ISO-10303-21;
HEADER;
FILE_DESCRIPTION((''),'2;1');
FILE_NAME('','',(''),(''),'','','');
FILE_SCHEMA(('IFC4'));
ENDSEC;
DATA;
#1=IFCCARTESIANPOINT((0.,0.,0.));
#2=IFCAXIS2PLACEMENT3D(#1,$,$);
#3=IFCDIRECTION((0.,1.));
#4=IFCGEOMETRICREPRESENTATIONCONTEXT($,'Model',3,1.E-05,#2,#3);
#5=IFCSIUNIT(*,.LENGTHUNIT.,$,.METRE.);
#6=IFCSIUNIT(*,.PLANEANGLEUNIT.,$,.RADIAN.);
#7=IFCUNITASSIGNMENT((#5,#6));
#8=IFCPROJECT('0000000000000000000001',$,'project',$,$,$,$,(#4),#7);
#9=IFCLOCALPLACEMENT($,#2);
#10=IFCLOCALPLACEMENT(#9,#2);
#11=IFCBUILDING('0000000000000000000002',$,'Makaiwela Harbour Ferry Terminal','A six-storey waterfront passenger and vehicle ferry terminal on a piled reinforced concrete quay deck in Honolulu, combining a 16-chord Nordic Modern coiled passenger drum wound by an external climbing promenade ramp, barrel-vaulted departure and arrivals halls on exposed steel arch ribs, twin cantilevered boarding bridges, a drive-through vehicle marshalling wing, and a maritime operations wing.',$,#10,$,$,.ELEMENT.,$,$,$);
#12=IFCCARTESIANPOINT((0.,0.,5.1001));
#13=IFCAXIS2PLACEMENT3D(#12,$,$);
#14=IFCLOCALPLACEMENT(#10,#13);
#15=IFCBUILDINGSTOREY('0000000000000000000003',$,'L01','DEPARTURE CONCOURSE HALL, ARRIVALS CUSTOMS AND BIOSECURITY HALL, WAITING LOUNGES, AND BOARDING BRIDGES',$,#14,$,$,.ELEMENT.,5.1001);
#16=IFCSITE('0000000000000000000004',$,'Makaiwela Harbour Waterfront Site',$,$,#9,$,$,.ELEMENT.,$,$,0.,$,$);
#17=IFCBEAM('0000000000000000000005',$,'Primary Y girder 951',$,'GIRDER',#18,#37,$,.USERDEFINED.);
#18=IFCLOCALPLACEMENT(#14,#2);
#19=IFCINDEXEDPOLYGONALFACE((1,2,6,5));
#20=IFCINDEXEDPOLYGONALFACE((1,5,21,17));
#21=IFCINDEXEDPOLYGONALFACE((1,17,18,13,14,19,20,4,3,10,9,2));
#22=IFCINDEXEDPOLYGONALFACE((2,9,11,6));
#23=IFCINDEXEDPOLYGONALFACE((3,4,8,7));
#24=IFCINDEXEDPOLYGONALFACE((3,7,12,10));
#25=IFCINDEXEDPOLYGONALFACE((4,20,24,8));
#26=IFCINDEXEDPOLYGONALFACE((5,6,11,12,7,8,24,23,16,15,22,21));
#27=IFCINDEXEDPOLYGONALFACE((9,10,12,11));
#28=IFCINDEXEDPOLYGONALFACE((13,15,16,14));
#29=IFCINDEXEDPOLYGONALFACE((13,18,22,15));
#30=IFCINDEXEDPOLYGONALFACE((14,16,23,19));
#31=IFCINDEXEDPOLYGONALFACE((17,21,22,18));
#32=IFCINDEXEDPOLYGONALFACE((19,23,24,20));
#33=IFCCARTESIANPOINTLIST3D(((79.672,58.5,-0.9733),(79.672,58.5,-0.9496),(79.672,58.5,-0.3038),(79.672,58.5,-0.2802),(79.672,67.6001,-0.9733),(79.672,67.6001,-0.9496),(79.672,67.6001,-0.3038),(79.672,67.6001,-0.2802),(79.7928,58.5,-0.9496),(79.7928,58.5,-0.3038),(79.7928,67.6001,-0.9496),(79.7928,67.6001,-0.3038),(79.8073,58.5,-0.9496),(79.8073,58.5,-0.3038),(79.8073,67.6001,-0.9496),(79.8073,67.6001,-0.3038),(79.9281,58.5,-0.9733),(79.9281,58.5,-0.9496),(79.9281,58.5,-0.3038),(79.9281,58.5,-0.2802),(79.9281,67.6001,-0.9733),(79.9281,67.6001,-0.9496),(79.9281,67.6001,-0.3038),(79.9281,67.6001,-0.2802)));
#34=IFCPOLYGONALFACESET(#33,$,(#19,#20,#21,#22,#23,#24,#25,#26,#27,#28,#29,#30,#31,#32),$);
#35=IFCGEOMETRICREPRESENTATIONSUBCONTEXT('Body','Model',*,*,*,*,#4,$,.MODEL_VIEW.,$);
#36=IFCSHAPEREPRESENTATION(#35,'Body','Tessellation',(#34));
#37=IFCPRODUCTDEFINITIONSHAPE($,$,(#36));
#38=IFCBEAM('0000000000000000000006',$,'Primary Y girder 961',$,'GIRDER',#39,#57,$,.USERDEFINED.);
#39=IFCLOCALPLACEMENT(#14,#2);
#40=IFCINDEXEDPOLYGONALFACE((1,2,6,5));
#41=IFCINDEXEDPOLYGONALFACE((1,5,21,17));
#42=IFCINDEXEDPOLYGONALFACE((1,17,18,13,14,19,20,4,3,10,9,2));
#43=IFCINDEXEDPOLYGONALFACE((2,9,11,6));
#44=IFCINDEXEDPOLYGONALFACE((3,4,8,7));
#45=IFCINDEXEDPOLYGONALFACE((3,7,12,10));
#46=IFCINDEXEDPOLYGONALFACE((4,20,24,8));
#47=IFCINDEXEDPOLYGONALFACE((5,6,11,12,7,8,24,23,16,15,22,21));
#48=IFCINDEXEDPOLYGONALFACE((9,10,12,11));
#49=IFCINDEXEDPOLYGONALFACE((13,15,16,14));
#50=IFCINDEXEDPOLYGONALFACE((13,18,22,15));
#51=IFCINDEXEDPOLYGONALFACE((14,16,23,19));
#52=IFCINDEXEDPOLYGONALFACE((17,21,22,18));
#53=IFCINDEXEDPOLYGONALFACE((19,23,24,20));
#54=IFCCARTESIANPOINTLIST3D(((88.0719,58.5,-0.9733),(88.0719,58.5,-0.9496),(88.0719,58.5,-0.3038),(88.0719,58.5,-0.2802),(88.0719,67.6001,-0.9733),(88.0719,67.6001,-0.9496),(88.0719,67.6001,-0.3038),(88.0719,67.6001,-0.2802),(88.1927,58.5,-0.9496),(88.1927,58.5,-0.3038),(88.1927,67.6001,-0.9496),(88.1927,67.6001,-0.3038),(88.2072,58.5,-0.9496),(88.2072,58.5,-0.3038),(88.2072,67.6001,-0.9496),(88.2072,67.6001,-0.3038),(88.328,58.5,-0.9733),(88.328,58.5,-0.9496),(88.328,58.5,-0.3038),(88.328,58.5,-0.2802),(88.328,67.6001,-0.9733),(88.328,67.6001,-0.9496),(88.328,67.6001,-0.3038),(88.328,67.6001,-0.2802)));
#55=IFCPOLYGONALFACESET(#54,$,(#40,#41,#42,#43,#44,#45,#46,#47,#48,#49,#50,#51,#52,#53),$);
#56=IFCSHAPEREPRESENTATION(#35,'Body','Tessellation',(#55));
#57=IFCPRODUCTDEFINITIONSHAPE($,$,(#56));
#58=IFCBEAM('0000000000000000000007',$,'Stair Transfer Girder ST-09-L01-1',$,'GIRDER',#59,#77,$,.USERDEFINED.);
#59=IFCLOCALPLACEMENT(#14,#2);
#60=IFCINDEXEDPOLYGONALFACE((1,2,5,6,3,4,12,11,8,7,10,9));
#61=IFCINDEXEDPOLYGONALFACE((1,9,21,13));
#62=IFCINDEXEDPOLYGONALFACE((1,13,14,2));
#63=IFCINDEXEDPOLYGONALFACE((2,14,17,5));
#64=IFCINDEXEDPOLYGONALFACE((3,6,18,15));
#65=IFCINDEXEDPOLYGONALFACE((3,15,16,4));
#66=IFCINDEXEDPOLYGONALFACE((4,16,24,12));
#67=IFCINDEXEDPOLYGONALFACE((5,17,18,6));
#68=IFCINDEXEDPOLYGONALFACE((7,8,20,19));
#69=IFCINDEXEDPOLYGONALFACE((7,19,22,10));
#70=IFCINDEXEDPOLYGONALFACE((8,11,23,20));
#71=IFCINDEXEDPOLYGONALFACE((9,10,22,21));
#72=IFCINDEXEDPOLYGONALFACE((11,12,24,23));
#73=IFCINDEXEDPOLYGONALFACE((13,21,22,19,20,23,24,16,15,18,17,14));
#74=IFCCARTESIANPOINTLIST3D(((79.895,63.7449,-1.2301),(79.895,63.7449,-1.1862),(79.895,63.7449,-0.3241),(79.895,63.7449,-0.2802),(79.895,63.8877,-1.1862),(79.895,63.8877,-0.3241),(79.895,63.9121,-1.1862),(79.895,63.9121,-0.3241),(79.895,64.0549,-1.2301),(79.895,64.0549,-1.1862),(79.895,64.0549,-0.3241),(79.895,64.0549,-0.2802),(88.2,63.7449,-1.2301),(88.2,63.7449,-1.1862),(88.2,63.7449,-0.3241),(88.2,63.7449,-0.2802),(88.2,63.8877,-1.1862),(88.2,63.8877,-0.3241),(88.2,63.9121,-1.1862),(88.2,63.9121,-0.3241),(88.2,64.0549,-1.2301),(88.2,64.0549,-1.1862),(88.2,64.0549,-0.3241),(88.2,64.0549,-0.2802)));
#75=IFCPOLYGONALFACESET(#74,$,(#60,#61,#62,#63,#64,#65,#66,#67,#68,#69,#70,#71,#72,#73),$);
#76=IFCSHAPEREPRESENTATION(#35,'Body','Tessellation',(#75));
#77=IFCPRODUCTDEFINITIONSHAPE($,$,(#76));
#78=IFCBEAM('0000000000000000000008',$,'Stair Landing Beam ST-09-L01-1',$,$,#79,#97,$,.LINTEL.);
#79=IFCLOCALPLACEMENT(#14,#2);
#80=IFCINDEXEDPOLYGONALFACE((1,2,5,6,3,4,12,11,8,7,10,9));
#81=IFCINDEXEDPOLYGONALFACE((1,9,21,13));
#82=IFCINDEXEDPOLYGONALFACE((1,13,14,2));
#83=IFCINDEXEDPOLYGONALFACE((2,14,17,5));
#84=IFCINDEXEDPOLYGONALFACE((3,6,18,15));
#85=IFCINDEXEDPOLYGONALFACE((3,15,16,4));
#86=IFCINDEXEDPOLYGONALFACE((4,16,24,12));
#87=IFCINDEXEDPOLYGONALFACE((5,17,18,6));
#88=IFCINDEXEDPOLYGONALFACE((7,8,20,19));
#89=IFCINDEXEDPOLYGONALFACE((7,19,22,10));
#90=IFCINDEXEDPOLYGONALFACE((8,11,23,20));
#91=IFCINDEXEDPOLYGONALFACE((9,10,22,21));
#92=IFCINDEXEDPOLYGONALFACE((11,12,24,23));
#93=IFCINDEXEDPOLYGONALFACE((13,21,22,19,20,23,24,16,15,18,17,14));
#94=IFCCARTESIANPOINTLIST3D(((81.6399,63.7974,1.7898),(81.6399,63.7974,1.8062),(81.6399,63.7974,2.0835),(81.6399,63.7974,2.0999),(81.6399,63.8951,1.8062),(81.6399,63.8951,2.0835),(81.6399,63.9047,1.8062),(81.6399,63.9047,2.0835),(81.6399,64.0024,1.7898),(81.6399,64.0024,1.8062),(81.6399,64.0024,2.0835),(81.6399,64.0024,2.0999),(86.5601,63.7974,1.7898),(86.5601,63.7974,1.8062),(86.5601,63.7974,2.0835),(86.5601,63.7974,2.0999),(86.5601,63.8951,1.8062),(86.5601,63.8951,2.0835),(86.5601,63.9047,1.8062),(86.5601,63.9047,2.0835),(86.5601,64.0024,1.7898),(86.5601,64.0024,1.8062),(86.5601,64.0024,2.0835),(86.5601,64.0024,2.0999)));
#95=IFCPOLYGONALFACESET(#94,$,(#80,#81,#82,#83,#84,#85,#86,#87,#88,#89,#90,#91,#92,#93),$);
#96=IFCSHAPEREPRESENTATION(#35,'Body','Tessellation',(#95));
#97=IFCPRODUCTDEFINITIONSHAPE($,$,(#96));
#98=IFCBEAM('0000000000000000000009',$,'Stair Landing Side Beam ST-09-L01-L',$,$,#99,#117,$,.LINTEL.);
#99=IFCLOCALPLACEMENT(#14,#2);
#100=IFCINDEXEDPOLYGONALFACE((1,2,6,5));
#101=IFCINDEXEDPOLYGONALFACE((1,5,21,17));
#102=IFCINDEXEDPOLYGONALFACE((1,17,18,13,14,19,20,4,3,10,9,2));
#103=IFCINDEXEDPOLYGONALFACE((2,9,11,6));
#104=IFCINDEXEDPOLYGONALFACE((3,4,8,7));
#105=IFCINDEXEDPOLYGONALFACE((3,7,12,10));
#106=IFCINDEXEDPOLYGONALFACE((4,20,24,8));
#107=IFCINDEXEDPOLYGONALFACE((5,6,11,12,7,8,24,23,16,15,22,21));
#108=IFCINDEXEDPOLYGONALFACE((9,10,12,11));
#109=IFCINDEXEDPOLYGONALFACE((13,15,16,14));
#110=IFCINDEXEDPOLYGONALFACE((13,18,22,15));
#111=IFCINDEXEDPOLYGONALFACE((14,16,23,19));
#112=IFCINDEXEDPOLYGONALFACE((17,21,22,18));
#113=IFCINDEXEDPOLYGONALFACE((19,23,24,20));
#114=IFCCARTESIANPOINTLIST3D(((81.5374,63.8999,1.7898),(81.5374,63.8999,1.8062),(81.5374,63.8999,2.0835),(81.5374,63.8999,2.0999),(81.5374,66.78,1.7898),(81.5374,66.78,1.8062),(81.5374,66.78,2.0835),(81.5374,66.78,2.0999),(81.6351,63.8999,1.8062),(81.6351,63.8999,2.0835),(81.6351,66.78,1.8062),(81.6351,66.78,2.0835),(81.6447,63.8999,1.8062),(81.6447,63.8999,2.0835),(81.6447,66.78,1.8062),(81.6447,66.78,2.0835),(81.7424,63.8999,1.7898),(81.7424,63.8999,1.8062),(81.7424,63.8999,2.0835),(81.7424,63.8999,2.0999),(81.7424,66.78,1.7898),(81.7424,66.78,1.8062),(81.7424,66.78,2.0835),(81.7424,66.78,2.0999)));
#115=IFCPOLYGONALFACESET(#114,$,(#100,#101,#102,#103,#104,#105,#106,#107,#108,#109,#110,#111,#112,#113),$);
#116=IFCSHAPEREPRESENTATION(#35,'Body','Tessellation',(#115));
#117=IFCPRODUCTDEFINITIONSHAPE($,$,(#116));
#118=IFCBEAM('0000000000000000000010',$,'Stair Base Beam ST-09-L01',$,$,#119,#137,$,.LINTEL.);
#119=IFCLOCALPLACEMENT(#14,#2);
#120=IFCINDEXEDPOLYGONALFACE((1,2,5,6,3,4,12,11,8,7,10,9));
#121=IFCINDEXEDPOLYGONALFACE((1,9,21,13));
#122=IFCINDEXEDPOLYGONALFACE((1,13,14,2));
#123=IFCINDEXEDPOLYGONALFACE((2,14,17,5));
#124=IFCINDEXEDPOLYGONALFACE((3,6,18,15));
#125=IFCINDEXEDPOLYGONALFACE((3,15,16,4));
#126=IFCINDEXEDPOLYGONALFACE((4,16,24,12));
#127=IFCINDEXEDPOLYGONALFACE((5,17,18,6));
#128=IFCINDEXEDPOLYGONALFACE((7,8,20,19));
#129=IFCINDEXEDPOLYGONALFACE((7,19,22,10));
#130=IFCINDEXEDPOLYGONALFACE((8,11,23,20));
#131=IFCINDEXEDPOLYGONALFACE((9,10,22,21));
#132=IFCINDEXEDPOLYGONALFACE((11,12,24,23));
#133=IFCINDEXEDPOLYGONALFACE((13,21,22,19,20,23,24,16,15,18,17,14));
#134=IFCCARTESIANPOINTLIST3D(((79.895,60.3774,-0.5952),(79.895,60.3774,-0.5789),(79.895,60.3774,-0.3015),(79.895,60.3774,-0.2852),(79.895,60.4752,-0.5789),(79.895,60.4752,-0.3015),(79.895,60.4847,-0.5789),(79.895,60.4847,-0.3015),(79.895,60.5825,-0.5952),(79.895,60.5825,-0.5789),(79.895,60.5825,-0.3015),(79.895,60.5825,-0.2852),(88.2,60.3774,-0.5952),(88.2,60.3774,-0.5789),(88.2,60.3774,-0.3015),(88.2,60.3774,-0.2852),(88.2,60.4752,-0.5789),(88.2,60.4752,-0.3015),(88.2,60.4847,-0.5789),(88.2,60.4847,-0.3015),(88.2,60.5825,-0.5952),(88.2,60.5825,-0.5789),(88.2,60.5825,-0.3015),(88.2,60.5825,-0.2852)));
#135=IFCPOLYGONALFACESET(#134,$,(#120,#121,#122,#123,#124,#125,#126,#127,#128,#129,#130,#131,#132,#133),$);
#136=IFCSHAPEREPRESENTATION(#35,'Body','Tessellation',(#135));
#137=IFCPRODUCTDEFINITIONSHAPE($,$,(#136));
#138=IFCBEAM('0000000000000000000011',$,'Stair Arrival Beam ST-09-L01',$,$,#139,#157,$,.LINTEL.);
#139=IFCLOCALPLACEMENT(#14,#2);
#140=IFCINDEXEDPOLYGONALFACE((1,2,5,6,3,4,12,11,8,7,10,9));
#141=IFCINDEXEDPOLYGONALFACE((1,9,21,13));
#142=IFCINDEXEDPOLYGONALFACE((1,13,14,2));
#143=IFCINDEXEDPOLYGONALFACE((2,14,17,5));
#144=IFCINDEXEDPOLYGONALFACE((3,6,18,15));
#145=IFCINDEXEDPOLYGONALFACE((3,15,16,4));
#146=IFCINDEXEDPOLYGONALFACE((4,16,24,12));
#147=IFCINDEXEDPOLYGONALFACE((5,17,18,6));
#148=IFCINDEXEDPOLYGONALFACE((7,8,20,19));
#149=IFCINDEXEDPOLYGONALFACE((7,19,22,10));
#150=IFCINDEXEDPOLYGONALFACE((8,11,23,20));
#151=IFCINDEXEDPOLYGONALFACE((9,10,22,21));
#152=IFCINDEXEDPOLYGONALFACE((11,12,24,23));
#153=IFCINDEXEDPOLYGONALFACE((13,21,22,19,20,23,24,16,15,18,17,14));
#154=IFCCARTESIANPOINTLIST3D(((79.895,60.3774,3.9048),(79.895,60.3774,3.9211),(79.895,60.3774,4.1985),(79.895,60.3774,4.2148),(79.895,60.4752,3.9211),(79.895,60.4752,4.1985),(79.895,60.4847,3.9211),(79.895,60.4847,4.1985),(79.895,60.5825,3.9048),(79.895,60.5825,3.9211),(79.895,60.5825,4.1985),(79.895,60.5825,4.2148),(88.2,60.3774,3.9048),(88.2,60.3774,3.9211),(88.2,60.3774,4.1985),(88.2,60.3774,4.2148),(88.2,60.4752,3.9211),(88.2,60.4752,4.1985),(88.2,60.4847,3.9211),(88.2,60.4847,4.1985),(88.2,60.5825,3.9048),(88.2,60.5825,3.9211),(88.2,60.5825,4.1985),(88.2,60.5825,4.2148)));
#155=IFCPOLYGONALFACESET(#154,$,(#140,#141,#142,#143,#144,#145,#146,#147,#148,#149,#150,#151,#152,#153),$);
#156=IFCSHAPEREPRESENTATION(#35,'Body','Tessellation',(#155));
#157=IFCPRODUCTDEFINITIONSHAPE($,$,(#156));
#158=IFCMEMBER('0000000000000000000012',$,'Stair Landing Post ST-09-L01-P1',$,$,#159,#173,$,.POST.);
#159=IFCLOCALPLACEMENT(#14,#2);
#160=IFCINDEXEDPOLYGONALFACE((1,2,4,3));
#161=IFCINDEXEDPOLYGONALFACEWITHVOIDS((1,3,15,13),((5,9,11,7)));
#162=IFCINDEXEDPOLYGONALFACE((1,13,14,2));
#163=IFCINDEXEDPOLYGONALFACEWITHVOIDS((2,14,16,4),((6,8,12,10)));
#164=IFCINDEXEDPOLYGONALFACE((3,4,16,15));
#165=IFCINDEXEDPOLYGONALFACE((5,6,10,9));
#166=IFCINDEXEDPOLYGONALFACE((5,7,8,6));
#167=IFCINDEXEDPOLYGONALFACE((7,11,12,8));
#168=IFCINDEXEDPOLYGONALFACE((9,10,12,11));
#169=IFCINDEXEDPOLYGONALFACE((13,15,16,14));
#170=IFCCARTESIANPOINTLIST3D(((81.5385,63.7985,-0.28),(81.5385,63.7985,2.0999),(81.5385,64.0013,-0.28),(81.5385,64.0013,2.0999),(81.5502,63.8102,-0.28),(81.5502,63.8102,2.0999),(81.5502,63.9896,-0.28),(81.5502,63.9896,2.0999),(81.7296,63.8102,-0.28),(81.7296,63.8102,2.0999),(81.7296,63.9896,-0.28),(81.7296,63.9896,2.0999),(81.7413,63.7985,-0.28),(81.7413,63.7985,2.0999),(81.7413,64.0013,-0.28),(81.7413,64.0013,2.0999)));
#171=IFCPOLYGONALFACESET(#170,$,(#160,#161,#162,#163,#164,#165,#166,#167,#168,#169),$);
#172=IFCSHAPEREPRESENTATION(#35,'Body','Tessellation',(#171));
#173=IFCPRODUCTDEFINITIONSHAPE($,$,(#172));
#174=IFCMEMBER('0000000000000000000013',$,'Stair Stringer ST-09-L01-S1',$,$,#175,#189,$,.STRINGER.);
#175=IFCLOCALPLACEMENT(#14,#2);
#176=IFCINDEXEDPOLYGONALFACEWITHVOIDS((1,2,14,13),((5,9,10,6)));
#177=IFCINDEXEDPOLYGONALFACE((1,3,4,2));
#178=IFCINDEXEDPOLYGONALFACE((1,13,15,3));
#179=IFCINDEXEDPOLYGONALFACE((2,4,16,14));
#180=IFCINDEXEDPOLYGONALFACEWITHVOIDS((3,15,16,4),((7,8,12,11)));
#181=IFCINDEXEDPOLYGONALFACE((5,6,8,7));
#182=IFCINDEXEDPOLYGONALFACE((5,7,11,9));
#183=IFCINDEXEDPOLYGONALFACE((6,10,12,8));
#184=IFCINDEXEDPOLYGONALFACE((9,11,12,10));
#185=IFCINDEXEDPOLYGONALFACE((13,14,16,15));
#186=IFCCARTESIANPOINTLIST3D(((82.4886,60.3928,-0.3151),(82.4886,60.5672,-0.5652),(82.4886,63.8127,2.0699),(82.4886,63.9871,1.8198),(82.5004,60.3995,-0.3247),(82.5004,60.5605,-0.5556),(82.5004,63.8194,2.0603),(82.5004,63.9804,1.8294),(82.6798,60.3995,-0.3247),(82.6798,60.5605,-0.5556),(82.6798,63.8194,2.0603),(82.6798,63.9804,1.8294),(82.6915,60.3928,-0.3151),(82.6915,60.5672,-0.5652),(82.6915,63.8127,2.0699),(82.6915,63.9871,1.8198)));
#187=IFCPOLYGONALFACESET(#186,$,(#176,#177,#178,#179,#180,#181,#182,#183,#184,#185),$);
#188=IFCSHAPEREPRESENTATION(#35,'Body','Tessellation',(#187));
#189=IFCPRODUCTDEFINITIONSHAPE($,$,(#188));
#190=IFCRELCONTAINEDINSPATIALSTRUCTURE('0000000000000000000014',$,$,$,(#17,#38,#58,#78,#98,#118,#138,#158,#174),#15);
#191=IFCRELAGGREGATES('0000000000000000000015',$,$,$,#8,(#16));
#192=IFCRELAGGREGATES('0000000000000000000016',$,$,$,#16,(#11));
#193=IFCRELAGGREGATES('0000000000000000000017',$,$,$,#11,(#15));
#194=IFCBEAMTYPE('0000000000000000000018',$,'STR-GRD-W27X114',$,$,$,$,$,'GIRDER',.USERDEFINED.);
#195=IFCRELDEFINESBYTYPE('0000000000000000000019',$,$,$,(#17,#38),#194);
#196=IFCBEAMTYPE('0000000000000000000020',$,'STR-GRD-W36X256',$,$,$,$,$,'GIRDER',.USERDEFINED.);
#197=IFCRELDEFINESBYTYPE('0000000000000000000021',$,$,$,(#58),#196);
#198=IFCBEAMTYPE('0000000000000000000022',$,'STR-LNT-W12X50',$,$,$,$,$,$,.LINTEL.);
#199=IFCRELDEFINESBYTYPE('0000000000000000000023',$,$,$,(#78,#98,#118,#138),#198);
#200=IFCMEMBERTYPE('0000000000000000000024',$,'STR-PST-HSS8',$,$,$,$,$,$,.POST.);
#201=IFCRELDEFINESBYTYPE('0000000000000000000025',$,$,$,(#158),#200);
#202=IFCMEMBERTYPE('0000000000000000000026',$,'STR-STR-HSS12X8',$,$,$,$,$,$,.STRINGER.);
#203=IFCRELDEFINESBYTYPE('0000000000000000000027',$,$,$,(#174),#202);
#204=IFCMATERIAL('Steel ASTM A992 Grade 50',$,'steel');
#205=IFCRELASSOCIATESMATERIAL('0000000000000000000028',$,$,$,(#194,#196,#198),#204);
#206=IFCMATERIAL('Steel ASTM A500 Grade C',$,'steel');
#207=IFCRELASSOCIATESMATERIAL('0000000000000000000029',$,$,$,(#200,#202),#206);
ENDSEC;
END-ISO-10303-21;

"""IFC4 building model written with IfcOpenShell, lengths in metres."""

from ifc_helpers import new_model, si_unit, direction, frame, origin, origin_2d, place, context, subcontext, project, spatial, hollow_rectangle, i_section, extrude, material, material_profile, profile_set, type_object, element, save


model = new_model("IFC4")

# Units and contexts
model_context = context("Model", 3, precision=1e-05, world=origin(), true_north=direction((0.0, 1.0)))
body_context = subcontext(model_context, "Body", "Model", "MODEL_VIEW")
ifc_project = project(units=[si_unit("LENGTHUNIT", "METRE"), si_unit("PLANEANGLEUNIT", "RADIAN")], contexts=[model_context])

# Site, building, storey
site_placement = place(None, origin())
site = spatial("IfcSite", under=ifc_project, at=site_placement, Name="Makaiwela Harbour Waterfront Site", CompositionType="ELEMENT", RefElevation=0.0)
building_placement = place(site_placement, origin())
building = spatial("IfcBuilding", under=site, at=building_placement, Name="Makaiwela Harbour Ferry Terminal", Description="A six-storey waterfront passenger and vehicle ferry terminal on a piled reinforced concrete quay deck in Honolulu, combining a 16-chord Nordic Modern coiled passenger drum wound by an external climbing promenade ramp, barrel-vaulted departure and arrivals halls on exposed steel arch ribs, twin cantilevered boarding bridges, a drive-through vehicle marshalling wing, and a maritime operations wing.", CompositionType="ELEMENT")
storey_placement = place(building_placement, frame((0.0, 0.0, 5.1001)))
storey = spatial("IfcBuildingStorey", under=building, at=storey_placement, Name="L01", Description="DEPARTURE CONCOURSE HALL, ARRIVALS CUSTOMS AND BIOSECURITY HALL, WAITING LOUNGES, AND BOARDING BRIDGES", CompositionType="ELEMENT", Elevation=5.1001)

# Shared definitions
ifc_material_1 = material(Name="Steel ASTM A992 Grade 50", Category="steel")

# Beams
ifc_material_profile_1 = material_profile(ifc_material_1, i_section(OverallWidth=0.2561, OverallDepth=0.6931, WebThickness=0.0144, FlangeThickness=0.0237, at=origin_2d()), Name="W27X114")
ifc_profile_set_1 = profile_set([ifc_material_profile_1], Name="Steel ASTM A992 Grade 50")
beam_type_1 = type_object("IfcBeamType", Name="STR-GRD-W27X114", ElementType="GIRDER", PredefinedType="USERDEFINED", material=ifc_profile_set_1)
for number, where, z_axis, x_axis, name in (
    (1, (79.8, 58.5, -0.6267), (0.0, 1.0, 0.0), (-1.0, 0.0, 0.0), "Primary Y girder 951"),
    (2, (88.2, 58.5, -0.6267), (0.0, 1.0, 0.0), (-1.0, 0.0, 0.0), "Primary Y girder 961"),
):
    element("IfcBeam", number, at=place(storey_placement, frame(where, z_axis=z_axis, x_axis=x_axis)), inside=storey, type_object=beam_type_1, Name=name, ObjectType="GIRDER", PredefinedType="USERDEFINED", context=body_context, shape_type="SweptSolid", body=[
        extrude(i_section(OverallWidth=0.2561, OverallDepth=0.6931, WebThickness=0.0144, FlangeThickness=0.0237, at=origin_2d()), origin(), (0.0, 0.0, 1.0), 9.1001),
    ])
ifc_material_profile_2 = material_profile(ifc_material_1, i_section(OverallWidth=0.3101, OverallDepth=0.95, WebThickness=0.0244, FlangeThickness=0.0439, at=origin_2d()), Name="W36X256")
ifc_profile_set_2 = profile_set([ifc_material_profile_2], Name="Steel ASTM A992 Grade 50")
beam_type_2 = type_object("IfcBeamType", Name="STR-GRD-W36X256", ElementType="GIRDER", PredefinedType="USERDEFINED", material=ifc_profile_set_2)
beam_1_placement = place(storey_placement, frame((79.895, 63.8999, -0.7551), z_axis=(1.0, 0.0, 0.0), x_axis=(0.0, 1.0, 0.0)))
element("IfcBeam", 3, at=beam_1_placement, inside=storey, type_object=beam_type_2, Name="Stair Transfer Girder ST-09-L01-1", ObjectType="GIRDER", PredefinedType="USERDEFINED", context=body_context, shape_type="SweptSolid", body=[
    extrude(i_section(OverallWidth=0.3101, OverallDepth=0.95, WebThickness=0.0244, FlangeThickness=0.0439, at=origin_2d()), origin(), (0.0, 0.0, 1.0), 8.3049),
])
ifc_material_profile_3 = material_profile(ifc_material_1, i_section(OverallWidth=0.2051, OverallDepth=0.3101, WebThickness=0.0095, FlangeThickness=0.0164, at=origin_2d()), Name="W12X50")
ifc_profile_set_3 = profile_set([ifc_material_profile_3], Name="Steel ASTM A992 Grade 50")
beam_type_3 = type_object("IfcBeamType", Name="STR-LNT-W12X50", PredefinedType="LINTEL", material=ifc_profile_set_3)
beam_2_placement = place(storey_placement, frame((81.6399, 63.8999, 1.9448), z_axis=(1.0, 0.0, 0.0), x_axis=(0.0, 1.0, 0.0)))
element("IfcBeam", 4, at=beam_2_placement, inside=storey, type_object=beam_type_3, Name="Stair Landing Beam ST-09-L01-1", PredefinedType="LINTEL", context=body_context, shape_type="SweptSolid", body=[
    extrude(i_section(OverallWidth=0.2051, OverallDepth=0.3101, WebThickness=0.0095, FlangeThickness=0.0164, at=origin_2d()), origin(), (0.0, 0.0, 1.0), 4.9202),
])
beam_3_placement = place(storey_placement, frame((81.6399, 63.8999, 1.9448), z_axis=(0.0, 1.0, 0.0), x_axis=(-1.0, 0.0, 0.0)))
element("IfcBeam", 5, at=beam_3_placement, inside=storey, type_object=beam_type_3, Name="Stair Landing Side Beam ST-09-L01-L", PredefinedType="LINTEL", context=body_context, shape_type="SweptSolid", body=[
    extrude(i_section(OverallWidth=0.2051, OverallDepth=0.3101, WebThickness=0.0095, FlangeThickness=0.0164, at=origin_2d()), origin(), (0.0, 0.0, 1.0), 2.8801),
])
for number, where, z_axis, x_axis, name in (
    (6, (79.895, 60.48, -0.4402), (1.0, 0.0, 0.0), (0.0, 1.0, 0.0), "Stair Base Beam ST-09-L01"),
    (7, (79.895, 60.48, 4.0598), (1.0, 0.0, 0.0), (0.0, 1.0, 0.0), "Stair Arrival Beam ST-09-L01"),
):
    element("IfcBeam", number, at=place(storey_placement, frame(where, z_axis=z_axis, x_axis=x_axis)), inside=storey, type_object=beam_type_3, Name=name, PredefinedType="LINTEL", context=body_context, shape_type="SweptSolid", body=[
        extrude(i_section(OverallWidth=0.2051, OverallDepth=0.3101, WebThickness=0.0095, FlangeThickness=0.0164, at=origin_2d()), origin(), (0.0, 0.0, 1.0), 8.3049),
    ])

# Members
ifc_material_2 = material(Name="Steel ASTM A500 Grade C", Category="steel")
ifc_material_profile_4 = material_profile(ifc_material_2, hollow_rectangle(XDim=0.2029, YDim=0.2029, WallThickness=0.0117, at=origin_2d()), Name="HSS8X8X1/2")
ifc_profile_set_4 = profile_set([ifc_material_profile_4], Name="Steel ASTM A500 Grade C")
member_type_1 = type_object("IfcMemberType", Name="STR-PST-HSS8", PredefinedType="POST", material=ifc_profile_set_4)
member_1_placement = place(storey_placement, frame((81.6399, 63.8999, -0.28), z_axis=(0.0, 0.0, 1.0), x_axis=(1.0, 0.0, 0.0)))
element("IfcMember", 8, at=member_1_placement, inside=storey, type_object=member_type_1, Name="Stair Landing Post ST-09-L01-P1", PredefinedType="POST", context=body_context, shape_type="SweptSolid", body=[
    extrude(hollow_rectangle(XDim=0.2029, YDim=0.2029, WallThickness=0.0117, at=origin_2d()), origin(), (0.0, 0.0, 1.0), 2.3799),
])
ifc_material_profile_5 = material_profile(ifc_material_2, hollow_rectangle(XDim=0.2029, YDim=0.3049, WallThickness=0.0117, at=origin_2d()), Name="HSS12X8X1/2")
ifc_profile_set_5 = profile_set([ifc_material_profile_5], Name="Steel ASTM A500 Grade C")
member_type_2 = type_object("IfcMemberType", Name="STR-STR-HSS12X8", PredefinedType="STRINGER", material=ifc_profile_set_5)
member_2_placement = place(storey_placement, frame((82.5901, 60.48, -0.4402), z_axis=(0.0, 0.820237, 0.572023), x_axis=(-1.0, 0.0, 0.0)))
element("IfcMember", 9, at=member_2_placement, inside=storey, type_object=member_type_2, Name="Stair Stringer ST-09-L01-S1", PredefinedType="STRINGER", context=body_context, shape_type="SweptSolid", body=[
    extrude(hollow_rectangle(XDim=0.2029, YDim=0.3049, WallThickness=0.0117, at=origin_2d()), origin(), (0.0, 0.0, 1.0), 4.1694),
])

save(model, "model.ifc")
